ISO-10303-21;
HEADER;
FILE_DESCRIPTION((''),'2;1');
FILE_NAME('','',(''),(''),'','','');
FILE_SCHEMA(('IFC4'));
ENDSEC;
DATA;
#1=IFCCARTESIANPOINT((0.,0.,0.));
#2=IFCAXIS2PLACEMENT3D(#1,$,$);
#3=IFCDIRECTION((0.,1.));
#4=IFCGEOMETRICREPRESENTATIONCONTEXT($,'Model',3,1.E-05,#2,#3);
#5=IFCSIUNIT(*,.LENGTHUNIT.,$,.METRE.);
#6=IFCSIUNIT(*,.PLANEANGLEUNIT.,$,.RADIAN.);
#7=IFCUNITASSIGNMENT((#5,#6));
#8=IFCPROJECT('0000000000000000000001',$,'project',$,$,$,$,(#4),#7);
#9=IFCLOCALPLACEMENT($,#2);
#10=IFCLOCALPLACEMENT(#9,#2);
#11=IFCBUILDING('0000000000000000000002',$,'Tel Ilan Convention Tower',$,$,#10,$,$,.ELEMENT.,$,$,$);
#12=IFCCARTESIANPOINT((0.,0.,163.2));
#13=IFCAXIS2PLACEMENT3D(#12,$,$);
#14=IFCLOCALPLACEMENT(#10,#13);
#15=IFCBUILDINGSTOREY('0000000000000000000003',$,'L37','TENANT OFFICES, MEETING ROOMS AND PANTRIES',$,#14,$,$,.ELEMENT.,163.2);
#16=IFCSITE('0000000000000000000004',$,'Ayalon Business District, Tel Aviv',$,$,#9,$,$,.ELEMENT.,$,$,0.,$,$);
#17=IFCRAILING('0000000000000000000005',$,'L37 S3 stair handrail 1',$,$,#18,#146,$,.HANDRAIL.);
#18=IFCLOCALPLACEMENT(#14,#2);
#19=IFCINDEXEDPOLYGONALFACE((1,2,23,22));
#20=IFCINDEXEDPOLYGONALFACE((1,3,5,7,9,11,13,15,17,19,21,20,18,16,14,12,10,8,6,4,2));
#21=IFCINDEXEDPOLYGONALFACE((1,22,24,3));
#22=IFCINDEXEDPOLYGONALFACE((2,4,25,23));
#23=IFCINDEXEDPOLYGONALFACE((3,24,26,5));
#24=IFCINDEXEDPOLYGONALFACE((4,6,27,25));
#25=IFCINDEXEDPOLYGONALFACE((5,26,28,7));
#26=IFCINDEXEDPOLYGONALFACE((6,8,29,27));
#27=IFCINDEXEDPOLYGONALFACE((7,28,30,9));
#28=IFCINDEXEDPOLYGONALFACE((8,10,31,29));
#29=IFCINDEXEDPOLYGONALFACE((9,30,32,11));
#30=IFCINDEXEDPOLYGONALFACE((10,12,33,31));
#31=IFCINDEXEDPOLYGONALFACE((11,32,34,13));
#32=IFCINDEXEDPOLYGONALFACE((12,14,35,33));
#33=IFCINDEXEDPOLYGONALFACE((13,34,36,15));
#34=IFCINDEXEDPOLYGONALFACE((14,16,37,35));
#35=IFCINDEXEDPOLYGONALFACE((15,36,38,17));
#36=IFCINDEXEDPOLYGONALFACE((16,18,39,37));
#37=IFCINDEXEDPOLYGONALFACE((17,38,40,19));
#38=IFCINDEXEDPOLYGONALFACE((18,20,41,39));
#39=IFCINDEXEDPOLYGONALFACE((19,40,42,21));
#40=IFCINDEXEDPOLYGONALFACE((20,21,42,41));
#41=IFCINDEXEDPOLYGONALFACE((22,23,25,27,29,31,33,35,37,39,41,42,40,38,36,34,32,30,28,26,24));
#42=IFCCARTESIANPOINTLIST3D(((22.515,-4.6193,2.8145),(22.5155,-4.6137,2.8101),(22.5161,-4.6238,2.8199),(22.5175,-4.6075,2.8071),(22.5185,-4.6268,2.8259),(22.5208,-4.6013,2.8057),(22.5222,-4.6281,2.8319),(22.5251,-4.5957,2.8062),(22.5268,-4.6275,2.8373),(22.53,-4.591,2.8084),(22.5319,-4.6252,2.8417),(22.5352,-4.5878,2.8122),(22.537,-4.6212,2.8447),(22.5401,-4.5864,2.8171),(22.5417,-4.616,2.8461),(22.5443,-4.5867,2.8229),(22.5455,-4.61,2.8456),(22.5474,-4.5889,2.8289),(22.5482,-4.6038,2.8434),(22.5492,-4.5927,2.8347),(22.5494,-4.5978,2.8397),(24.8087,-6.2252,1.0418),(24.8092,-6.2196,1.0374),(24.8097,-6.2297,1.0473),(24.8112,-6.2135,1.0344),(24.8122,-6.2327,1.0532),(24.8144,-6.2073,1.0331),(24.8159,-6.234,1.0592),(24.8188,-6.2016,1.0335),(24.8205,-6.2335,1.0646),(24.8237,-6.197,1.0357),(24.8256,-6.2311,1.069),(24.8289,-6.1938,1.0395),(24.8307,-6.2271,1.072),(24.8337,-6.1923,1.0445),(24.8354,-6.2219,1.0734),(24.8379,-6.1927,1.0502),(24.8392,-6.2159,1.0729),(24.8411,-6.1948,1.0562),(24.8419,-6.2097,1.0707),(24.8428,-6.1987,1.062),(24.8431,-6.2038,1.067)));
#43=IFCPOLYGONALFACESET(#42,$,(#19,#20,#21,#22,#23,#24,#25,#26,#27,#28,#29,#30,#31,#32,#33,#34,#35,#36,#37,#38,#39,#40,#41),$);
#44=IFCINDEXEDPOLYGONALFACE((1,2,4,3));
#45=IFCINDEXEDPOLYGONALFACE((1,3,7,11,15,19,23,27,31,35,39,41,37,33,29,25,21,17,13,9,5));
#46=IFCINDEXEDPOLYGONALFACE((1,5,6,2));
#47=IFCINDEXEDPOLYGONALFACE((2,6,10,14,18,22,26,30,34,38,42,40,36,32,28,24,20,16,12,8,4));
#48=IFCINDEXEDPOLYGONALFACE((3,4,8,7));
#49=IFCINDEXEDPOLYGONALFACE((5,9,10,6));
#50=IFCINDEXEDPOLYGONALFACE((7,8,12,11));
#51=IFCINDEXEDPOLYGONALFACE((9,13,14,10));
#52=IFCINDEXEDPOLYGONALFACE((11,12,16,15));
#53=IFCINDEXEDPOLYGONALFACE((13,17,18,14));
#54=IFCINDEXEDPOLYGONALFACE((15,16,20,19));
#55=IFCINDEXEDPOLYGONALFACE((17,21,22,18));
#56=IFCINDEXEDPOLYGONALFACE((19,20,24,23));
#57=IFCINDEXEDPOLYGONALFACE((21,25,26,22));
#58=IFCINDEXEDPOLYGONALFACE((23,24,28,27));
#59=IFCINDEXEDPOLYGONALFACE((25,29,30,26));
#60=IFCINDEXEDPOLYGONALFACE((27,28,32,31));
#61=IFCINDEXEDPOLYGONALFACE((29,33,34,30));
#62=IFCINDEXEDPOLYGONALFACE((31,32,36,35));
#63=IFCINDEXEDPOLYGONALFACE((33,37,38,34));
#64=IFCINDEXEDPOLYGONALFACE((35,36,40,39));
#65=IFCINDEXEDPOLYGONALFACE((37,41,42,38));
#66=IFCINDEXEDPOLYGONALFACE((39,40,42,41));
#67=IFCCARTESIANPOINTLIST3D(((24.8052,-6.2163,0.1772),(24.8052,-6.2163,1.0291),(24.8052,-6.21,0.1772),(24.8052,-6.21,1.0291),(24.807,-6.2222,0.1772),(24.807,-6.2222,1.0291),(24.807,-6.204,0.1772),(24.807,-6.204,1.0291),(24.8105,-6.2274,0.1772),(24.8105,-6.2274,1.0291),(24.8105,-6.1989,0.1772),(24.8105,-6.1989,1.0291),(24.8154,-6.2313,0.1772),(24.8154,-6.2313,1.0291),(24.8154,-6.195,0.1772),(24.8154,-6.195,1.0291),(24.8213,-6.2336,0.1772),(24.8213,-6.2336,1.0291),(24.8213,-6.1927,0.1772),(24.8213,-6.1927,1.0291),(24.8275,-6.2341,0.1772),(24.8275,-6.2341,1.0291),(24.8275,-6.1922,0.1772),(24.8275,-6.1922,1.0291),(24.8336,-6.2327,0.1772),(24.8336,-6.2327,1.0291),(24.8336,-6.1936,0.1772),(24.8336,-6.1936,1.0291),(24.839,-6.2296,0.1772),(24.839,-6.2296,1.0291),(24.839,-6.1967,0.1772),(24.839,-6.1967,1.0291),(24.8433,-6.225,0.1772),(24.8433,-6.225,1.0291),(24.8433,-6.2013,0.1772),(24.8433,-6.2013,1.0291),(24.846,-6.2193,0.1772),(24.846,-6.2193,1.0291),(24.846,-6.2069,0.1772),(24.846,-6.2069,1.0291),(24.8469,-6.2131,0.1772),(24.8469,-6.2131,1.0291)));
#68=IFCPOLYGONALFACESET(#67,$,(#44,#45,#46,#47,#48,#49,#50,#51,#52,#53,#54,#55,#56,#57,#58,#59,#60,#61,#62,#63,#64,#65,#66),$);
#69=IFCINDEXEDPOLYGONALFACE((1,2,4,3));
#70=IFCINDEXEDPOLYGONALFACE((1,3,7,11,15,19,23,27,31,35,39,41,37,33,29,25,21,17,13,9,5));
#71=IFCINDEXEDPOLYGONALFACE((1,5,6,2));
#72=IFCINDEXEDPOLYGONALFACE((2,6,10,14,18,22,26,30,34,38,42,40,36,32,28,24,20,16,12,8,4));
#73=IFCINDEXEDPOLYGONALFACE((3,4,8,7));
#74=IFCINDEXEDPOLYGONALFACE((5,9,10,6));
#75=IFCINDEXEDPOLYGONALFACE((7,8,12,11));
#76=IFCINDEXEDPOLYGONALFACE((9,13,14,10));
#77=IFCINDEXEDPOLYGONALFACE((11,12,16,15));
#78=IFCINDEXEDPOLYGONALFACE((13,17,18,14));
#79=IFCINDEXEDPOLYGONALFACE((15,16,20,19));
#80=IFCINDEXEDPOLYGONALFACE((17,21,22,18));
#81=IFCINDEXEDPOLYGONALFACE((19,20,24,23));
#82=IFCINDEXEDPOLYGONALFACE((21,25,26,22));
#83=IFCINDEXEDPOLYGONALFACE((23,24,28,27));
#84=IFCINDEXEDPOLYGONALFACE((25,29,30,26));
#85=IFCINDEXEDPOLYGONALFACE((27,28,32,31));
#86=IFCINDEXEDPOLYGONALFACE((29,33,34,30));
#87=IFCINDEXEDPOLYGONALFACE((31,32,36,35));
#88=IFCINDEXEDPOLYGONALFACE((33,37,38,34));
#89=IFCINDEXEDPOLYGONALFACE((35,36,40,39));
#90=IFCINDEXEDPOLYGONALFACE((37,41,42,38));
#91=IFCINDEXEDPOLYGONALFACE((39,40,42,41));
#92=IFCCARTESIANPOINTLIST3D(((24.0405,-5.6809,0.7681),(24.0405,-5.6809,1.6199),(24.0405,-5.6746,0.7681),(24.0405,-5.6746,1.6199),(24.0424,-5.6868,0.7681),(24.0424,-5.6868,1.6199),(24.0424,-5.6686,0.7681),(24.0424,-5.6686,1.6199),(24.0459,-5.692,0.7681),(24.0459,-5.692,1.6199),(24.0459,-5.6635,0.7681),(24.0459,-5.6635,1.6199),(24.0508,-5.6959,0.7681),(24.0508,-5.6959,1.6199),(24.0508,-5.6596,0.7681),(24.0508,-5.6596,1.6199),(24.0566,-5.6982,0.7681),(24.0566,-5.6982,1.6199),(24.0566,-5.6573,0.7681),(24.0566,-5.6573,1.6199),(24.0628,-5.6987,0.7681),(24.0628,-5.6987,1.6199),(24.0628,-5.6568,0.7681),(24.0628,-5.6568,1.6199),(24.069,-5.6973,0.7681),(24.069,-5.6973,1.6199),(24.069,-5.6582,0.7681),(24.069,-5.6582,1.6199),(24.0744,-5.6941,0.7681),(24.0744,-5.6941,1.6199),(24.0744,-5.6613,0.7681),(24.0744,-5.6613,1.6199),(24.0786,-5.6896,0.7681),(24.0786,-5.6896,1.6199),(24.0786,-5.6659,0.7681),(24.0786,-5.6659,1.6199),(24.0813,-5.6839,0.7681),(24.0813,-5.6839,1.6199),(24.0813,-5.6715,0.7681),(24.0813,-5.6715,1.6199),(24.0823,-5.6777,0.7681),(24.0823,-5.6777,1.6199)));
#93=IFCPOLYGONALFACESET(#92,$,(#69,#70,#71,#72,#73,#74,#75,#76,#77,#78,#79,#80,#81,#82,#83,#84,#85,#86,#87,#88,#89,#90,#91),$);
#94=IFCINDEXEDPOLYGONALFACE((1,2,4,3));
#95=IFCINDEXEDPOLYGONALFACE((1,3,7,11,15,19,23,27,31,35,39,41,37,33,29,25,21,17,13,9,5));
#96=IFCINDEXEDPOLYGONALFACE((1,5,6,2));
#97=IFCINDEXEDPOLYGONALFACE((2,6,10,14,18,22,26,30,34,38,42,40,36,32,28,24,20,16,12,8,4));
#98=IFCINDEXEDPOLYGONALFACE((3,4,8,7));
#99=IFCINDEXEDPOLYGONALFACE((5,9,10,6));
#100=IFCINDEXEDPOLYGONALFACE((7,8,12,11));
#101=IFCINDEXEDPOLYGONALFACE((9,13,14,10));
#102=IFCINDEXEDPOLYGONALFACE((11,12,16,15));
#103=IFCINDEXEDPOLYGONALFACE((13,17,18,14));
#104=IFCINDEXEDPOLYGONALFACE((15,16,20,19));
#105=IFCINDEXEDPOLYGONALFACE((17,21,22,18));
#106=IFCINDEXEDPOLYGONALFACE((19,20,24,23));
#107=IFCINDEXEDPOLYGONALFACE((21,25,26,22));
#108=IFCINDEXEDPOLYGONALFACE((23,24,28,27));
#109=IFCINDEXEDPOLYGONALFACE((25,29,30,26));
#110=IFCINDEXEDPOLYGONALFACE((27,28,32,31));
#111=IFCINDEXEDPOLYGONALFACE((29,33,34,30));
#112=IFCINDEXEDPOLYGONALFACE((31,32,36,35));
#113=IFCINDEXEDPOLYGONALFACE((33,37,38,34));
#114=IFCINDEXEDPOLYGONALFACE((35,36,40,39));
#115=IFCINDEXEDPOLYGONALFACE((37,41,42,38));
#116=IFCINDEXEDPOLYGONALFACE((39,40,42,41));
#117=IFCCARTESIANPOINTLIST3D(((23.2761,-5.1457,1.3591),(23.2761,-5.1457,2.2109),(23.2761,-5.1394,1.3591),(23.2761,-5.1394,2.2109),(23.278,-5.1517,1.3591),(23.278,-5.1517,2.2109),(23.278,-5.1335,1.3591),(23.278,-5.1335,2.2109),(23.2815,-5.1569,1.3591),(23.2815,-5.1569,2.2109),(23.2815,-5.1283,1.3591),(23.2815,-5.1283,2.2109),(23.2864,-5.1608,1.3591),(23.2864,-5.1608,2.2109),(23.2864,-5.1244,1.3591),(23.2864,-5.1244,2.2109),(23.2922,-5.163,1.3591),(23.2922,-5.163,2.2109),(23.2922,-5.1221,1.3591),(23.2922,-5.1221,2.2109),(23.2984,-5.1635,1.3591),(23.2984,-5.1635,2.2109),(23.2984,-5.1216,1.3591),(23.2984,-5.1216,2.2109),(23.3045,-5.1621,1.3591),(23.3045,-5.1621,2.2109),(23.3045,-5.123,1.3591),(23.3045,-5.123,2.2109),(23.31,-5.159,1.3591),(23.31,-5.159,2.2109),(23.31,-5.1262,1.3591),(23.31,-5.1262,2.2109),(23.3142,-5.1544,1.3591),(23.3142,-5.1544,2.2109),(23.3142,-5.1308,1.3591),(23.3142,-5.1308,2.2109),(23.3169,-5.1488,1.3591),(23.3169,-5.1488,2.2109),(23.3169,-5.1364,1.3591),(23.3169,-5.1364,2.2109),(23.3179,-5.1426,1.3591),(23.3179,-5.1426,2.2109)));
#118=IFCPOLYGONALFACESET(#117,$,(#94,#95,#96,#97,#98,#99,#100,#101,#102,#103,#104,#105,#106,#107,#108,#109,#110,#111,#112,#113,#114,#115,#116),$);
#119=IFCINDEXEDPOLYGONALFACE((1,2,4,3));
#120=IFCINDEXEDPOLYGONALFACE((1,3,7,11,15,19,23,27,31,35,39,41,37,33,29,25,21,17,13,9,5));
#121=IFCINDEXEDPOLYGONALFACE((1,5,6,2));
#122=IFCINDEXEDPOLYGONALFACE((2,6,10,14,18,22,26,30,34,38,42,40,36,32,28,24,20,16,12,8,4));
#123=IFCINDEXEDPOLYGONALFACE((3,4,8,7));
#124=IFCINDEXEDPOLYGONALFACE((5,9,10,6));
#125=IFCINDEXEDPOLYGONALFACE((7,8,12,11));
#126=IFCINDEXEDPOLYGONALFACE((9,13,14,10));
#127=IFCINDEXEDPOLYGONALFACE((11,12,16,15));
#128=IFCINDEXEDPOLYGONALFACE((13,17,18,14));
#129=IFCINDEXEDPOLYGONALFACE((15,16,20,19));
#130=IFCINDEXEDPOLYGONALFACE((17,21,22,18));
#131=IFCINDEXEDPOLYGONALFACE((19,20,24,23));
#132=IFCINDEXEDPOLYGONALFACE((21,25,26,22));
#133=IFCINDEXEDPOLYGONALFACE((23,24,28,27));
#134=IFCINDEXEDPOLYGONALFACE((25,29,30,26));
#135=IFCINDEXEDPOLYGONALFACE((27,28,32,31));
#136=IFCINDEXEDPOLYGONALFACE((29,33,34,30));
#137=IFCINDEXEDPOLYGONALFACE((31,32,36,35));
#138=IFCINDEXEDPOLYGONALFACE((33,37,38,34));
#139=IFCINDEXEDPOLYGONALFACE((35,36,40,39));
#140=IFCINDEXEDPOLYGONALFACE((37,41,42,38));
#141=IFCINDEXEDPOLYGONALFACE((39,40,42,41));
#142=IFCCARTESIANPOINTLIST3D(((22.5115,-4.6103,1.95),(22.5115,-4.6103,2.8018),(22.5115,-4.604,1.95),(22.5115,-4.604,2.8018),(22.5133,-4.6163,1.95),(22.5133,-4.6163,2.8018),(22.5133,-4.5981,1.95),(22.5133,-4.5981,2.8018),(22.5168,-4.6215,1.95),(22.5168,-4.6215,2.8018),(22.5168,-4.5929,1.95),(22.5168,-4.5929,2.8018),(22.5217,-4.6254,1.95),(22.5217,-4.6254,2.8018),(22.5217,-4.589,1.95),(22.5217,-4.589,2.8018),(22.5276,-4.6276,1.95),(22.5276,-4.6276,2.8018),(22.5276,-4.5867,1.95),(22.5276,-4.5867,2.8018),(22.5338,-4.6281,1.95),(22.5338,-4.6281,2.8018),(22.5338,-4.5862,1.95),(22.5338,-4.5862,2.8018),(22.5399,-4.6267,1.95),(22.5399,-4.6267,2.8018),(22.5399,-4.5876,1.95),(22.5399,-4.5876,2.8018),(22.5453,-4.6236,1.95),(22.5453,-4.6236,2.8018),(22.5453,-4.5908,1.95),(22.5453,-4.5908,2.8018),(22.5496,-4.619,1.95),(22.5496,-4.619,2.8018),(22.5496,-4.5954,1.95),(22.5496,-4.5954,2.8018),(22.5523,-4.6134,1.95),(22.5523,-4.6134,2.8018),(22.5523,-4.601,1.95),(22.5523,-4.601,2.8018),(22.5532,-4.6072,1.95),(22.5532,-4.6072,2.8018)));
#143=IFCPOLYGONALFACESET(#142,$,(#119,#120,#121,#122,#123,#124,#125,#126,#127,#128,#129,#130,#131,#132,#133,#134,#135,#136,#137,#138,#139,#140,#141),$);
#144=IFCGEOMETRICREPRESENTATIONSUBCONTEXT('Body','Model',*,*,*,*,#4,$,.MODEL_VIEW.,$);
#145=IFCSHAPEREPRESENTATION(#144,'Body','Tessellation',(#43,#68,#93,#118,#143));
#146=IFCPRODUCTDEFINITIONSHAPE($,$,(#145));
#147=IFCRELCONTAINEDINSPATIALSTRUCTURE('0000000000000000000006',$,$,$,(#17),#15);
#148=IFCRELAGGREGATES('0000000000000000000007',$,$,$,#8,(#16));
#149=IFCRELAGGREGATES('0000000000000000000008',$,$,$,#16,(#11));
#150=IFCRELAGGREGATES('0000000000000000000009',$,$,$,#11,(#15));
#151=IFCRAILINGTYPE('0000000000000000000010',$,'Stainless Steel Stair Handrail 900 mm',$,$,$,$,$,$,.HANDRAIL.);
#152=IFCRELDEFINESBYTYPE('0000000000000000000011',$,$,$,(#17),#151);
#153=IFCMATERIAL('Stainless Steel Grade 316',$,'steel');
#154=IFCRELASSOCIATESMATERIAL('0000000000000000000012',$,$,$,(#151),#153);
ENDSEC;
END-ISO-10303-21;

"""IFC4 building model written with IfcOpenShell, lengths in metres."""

from ifc_helpers import new_model, si_unit, direction, frame, origin, origin_2d, place, context, subcontext, project, spatial, circle, extrude, material, type_object, element, save


model = new_model("IFC4")

# Units and contexts
model_context = context("Model", 3, precision=1e-05, world=origin(), true_north=direction((0.0, 1.0)))
body_context = subcontext(model_context, "Body", "Model", "MODEL_VIEW")
ifc_project = project(units=[si_unit("LENGTHUNIT", "METRE"), si_unit("PLANEANGLEUNIT", "RADIAN")], contexts=[model_context])

# Site, building, storey
site_placement = place(None, origin())
site = spatial("IfcSite", under=ifc_project, at=site_placement, Name="Ayalon Business District, Tel Aviv", CompositionType="ELEMENT", RefElevation=0.0)
building_placement = place(site_placement, origin())
building = spatial("IfcBuilding", under=site, at=building_placement, Name="Tel Ilan Convention Tower", CompositionType="ELEMENT")
storey_placement = place(building_placement, frame((0.0, 0.0, 163.2)))
storey = spatial("IfcBuildingStorey", under=building, at=storey_placement, Name="L37", Description="TENANT OFFICES, MEETING ROOMS AND PANTRIES", CompositionType="ELEMENT", Elevation=163.2)

# Railing
ifc_material_1 = material(Name="Stainless Steel Grade 316", Category="steel")
railing_type_1 = type_object("IfcRailingType", Name="Stainless Steel Stair Handrail 900 mm", PredefinedType="HANDRAIL", material=ifc_material_1)
railing_1_placement = place(storey_placement, frame((24.8259, -6.2131, 0.1772)))
element("IfcRailing", 1, at=railing_1_placement, inside=storey, type_object=railing_type_1, Name="L37 S3 stair handrail 1", PredefinedType="HANDRAIL", context=body_context, shape_type="SweptSolid", body=[
    extrude(circle(Radius=0.0239, at=origin_2d()), frame((0.0, 0.0, 0.876), z_axis=(-0.692123, 0.484597, 0.534913), x_axis=(-0.57355, -0.81917, 0.0)), (0.0, 0.0, 1.0), 3.314),
    extrude(circle(Radius=0.021, at=origin_2d()), origin(), (0.0, 0.0, 1.0), 0.8518),
    extrude(circle(Radius=0.021, at=origin_2d()), frame((-0.7646, 0.5354, 0.5908)), (0.0, 0.0, 1.0), 0.8518),
    extrude(circle(Radius=0.021, at=origin_2d()), frame((-1.5291, 1.0706, 1.1819)), (0.0, 0.0, 1.0), 0.8518),
    extrude(circle(Radius=0.021, at=origin_2d()), frame((-2.2937, 1.606, 1.7727)), (0.0, 0.0, 1.0), 0.8518),
])

save(model, "model.ifc")
